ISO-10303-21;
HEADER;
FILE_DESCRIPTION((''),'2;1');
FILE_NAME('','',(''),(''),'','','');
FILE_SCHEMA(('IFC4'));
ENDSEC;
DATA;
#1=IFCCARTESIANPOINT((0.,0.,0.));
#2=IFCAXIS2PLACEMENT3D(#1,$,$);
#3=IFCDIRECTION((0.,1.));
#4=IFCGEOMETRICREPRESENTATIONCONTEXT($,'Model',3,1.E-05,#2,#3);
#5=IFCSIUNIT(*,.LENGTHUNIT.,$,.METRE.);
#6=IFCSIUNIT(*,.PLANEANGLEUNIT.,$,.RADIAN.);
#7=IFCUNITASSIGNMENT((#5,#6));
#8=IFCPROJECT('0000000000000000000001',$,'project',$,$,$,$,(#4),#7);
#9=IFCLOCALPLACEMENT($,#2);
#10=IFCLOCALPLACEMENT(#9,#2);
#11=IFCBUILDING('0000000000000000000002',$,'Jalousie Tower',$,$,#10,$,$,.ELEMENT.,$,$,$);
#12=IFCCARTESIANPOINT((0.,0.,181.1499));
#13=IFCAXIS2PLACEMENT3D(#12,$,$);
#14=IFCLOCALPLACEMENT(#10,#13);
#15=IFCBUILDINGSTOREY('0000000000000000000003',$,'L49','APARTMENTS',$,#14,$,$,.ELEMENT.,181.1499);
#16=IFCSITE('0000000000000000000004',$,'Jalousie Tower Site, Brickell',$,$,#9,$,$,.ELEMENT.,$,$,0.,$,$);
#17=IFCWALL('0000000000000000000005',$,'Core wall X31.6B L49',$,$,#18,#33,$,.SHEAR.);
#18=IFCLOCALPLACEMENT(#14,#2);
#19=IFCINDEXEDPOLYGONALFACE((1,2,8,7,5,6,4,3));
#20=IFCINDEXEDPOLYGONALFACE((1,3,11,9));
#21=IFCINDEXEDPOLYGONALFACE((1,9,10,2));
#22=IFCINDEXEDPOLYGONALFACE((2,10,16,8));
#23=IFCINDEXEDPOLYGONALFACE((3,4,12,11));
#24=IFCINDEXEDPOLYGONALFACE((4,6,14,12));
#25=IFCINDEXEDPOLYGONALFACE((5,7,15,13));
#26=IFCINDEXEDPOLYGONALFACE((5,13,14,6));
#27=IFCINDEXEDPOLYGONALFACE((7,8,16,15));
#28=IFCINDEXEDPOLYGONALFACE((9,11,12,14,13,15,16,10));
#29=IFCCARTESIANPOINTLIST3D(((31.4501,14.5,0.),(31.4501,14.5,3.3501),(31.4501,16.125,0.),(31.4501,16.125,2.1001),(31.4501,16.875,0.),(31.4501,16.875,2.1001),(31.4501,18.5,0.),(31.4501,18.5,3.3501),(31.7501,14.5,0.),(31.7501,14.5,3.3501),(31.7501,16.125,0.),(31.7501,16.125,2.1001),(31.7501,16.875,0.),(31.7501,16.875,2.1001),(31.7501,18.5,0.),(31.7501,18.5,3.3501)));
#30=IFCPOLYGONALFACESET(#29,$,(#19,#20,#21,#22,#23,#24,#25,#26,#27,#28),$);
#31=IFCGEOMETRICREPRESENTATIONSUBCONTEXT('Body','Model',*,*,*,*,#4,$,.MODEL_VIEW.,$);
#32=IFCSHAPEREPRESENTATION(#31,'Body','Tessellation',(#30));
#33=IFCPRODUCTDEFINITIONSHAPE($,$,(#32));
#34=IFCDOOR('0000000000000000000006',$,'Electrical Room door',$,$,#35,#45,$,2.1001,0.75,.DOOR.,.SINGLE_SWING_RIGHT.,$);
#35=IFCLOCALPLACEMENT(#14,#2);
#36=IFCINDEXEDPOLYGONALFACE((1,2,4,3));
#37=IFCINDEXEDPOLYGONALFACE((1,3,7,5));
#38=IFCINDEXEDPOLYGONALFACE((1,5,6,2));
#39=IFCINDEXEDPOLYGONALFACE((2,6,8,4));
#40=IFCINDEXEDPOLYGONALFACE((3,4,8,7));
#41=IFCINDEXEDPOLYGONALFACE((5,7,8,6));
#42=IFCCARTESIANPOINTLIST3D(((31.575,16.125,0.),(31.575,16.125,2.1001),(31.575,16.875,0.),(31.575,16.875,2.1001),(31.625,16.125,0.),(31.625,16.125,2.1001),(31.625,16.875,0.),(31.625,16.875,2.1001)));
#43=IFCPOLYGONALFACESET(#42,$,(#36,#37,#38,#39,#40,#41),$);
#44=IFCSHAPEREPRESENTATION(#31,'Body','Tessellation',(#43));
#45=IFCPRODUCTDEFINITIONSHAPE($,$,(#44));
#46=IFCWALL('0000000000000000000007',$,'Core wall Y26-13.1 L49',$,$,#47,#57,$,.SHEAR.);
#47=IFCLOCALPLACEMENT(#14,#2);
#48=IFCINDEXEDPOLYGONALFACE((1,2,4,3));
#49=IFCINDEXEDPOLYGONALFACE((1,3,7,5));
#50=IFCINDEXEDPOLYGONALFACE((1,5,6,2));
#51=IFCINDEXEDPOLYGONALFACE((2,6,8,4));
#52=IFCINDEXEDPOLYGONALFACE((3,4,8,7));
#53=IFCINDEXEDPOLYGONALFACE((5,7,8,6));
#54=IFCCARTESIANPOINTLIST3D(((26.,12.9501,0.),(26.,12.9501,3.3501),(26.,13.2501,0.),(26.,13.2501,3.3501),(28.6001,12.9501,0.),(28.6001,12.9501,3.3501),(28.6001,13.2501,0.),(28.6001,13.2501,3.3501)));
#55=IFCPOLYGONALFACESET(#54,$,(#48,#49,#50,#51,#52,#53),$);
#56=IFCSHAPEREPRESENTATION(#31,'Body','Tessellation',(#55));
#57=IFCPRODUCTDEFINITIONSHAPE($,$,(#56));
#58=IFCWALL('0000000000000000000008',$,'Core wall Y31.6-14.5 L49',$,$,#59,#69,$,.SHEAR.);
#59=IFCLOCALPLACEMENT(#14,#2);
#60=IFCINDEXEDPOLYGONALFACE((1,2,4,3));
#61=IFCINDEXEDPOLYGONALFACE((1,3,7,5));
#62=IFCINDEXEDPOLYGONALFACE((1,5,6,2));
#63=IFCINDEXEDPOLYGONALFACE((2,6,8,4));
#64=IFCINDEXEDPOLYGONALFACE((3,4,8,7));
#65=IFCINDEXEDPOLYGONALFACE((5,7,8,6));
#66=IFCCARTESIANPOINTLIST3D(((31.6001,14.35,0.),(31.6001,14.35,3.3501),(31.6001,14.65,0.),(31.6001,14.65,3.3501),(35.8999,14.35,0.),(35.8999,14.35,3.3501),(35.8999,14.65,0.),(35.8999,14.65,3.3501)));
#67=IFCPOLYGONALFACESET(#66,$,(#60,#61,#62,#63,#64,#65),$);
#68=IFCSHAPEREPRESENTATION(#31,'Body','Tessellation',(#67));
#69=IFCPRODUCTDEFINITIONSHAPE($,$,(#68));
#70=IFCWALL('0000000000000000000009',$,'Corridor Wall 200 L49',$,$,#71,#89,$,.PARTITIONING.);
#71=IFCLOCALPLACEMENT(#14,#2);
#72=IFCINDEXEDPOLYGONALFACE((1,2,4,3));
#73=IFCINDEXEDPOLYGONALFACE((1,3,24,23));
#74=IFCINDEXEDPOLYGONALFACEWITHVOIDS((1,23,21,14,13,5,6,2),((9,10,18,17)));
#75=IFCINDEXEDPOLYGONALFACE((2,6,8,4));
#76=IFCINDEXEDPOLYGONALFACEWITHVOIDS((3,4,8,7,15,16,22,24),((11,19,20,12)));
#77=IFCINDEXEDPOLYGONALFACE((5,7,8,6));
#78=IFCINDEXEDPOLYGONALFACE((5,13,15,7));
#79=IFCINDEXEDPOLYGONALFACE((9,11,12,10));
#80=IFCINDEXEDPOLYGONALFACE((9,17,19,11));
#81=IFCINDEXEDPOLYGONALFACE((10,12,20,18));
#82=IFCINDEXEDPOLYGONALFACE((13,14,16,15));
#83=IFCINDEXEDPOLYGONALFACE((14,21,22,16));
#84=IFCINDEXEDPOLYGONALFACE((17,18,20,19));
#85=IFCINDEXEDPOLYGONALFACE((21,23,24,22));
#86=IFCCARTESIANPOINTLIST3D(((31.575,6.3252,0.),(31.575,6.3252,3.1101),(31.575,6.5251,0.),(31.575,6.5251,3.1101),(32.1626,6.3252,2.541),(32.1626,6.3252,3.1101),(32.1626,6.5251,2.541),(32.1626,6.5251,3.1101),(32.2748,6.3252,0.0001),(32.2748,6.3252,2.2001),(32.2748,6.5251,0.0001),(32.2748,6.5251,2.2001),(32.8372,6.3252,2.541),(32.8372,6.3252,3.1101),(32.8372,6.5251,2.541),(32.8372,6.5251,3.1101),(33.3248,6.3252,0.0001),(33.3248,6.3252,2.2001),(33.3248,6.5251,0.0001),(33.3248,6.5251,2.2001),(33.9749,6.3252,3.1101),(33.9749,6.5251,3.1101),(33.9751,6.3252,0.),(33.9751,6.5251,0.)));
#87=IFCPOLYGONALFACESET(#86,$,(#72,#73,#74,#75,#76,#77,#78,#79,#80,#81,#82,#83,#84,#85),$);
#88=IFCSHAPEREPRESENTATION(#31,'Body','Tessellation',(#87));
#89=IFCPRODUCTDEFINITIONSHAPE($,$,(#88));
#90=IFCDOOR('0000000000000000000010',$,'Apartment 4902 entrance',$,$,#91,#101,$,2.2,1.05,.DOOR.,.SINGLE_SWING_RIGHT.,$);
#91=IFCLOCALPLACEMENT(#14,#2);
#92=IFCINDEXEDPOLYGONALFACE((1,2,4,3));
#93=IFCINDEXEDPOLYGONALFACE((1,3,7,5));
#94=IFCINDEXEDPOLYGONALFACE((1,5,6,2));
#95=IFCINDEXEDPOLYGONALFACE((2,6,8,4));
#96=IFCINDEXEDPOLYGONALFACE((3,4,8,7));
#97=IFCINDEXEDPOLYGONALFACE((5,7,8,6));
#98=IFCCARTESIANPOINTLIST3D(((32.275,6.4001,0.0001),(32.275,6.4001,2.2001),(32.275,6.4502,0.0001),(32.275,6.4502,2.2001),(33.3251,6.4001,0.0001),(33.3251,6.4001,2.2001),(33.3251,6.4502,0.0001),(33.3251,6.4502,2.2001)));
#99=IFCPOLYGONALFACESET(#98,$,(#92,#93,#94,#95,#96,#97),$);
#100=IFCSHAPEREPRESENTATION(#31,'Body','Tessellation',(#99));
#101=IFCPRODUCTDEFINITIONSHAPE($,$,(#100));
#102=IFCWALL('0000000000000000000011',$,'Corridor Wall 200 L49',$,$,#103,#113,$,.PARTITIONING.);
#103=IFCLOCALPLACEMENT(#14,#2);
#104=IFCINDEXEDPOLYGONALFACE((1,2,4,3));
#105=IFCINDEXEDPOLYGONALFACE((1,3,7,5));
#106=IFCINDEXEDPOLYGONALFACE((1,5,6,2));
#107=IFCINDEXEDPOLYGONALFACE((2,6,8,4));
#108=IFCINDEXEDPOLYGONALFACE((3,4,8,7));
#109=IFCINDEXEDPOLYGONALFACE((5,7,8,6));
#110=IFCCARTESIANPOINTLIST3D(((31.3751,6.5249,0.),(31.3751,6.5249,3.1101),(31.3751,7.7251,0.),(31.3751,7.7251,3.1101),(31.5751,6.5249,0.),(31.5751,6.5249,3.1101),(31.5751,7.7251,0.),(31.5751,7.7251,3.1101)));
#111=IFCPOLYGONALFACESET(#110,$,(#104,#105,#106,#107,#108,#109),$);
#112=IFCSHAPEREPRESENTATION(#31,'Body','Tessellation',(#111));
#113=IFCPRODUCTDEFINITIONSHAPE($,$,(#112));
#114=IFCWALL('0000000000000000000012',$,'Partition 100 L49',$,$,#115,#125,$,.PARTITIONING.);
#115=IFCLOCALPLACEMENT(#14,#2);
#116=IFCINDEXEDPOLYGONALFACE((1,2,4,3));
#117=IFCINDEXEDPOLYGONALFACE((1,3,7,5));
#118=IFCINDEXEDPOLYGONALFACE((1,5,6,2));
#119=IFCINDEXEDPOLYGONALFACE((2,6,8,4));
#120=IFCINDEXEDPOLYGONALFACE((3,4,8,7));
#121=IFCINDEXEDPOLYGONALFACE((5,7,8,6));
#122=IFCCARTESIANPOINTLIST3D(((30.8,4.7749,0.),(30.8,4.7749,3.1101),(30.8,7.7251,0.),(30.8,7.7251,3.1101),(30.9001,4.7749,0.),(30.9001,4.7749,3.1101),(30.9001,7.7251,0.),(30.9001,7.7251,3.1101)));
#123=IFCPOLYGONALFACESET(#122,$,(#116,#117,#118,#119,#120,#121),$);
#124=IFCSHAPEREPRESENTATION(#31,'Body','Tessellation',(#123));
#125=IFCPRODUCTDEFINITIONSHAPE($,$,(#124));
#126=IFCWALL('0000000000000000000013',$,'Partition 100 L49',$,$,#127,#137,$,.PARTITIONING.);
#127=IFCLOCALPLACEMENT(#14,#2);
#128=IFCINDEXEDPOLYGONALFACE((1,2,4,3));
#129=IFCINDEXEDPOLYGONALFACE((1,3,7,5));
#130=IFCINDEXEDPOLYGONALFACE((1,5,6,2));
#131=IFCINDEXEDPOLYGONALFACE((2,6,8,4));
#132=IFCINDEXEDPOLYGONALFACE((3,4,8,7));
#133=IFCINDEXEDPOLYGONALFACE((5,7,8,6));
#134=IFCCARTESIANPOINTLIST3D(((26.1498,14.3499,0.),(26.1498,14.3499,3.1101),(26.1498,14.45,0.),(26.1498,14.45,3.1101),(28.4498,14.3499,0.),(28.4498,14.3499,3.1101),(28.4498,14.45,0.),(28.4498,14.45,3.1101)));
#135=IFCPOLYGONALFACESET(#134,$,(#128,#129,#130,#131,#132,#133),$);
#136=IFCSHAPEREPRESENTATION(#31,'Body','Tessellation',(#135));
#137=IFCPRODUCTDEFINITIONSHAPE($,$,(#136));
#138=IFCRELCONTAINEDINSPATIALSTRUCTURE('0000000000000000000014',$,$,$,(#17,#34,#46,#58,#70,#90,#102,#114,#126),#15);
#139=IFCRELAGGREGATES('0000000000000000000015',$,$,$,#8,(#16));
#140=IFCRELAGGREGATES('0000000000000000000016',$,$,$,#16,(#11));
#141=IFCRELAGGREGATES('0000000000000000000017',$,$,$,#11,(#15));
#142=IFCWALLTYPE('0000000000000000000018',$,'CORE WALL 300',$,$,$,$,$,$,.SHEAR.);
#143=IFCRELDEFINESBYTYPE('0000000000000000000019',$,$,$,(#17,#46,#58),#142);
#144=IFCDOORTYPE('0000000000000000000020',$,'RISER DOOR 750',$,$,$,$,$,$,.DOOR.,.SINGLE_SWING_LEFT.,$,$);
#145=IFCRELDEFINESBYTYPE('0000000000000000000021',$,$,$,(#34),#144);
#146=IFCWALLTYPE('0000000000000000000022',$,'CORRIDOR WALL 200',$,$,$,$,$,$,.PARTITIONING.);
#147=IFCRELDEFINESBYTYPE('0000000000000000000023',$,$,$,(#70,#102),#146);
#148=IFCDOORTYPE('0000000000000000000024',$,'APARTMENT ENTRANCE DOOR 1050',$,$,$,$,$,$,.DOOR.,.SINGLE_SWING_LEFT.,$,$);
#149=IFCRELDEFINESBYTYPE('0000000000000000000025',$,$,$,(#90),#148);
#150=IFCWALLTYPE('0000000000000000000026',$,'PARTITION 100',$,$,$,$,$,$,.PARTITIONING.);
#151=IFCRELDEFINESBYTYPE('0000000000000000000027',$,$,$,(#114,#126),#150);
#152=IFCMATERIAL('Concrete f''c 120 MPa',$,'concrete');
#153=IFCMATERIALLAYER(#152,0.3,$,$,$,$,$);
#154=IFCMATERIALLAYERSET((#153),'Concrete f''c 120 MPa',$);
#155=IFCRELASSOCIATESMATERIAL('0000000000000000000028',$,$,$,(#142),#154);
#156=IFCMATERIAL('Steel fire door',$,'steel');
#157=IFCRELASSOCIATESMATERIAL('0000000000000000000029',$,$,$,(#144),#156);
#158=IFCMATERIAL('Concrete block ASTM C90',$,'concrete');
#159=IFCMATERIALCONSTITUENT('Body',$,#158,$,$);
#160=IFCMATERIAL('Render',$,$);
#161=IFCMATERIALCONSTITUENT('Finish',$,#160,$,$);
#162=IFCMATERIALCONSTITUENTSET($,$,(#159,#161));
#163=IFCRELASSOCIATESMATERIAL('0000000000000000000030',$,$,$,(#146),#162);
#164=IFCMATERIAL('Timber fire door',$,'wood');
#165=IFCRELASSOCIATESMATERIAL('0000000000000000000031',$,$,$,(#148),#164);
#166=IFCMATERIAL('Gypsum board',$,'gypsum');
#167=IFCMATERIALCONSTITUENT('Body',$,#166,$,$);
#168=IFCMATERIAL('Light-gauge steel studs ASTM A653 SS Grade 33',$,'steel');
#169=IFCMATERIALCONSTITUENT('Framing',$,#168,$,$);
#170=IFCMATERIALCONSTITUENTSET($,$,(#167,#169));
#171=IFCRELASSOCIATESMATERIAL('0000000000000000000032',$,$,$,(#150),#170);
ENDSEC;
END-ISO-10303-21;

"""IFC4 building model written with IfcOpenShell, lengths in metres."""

from ifc_helpers import new_model, si_unit, direction, frame, frame_2d, origin, place, context, subcontext, project, spatial, polyline, rectangle, outline, extrude, material, layer, layer_set, constituent, constituent_set, type_object, element, fill, save


model = new_model("IFC4")

# Units and contexts
model_context = context("Model", 3, precision=1e-05, world=origin(), true_north=direction((0.0, 1.0)))
body_context = subcontext(model_context, "Body", "Model", "MODEL_VIEW")
ifc_project = project(units=[si_unit("LENGTHUNIT", "METRE"), si_unit("PLANEANGLEUNIT", "RADIAN")], contexts=[model_context])

# Site, building, storey
site_placement = place(None, origin())
site = spatial("IfcSite", under=ifc_project, at=site_placement, Name="Jalousie Tower Site, Brickell", CompositionType="ELEMENT", RefElevation=0.0)
building_placement = place(site_placement, origin())
building = spatial("IfcBuilding", under=site, at=building_placement, Name="Jalousie Tower", CompositionType="ELEMENT")
storey_placement = place(building_placement, frame((0.0, 0.0, 181.1499)))
storey = spatial("IfcBuildingStorey", under=building, at=storey_placement, Name="L49", Description="APARTMENTS", CompositionType="ELEMENT", Elevation=181.1499)

# Shared definitions
ifc_material_1 = material(Name="Concrete f'c 120 MPa", Category="concrete")
ifc_layer_1 = layer(ifc_material_1, 0.3)
ifc_layer_set_1 = layer_set([ifc_layer_1], Name="Concrete f'c 120 MPa")
wall_type_1 = type_object("IfcWallType", Name="CORE WALL 300", PredefinedType="SHEAR", material=ifc_layer_set_1)

# Wall, opening, door
ifc_material_2 = material(Name="Steel fire door", Category="steel")
door_type_1 = type_object("IfcDoorType", Name="RISER DOOR 750", OperationType="SINGLE_SWING_LEFT", PredefinedType="DOOR", material=ifc_material_2)
wall_1_placement = place(storey_placement, frame((31.6001, 14.5, 0.0), z_axis=(0.0, 0.0, 1.0), x_axis=(0.0, 1.0, 0.0)))
wall_1 = element("IfcWall", 1, at=wall_1_placement, inside=storey, type_object=wall_type_1, Name="Core wall X31.6B L49", PredefinedType="SHEAR", context=body_context, shape_type="SweptSolid", body=[
    extrude(rectangle(XDim=4.0, YDim=0.3, at=frame_2d((2.0, 0.0))), origin(), (0.0, 0.0, 1.0), 3.3501),
])
opening_1_placement = place(wall_1_placement, frame((1.625, 0.0, 0.0)))
opening_1 = element("IfcOpeningElement", 2, at=opening_1_placement, cuts=wall_1, PredefinedType="OPENING", context=body_context, shape_type="SweptSolid", body=[
    extrude(rectangle(XDim=0.75, YDim=2.1001, at=frame_2d((0.375, 1.05))), frame((0.0, 0.1599, 0.0), z_axis=(0.0, -1.0, 0.0), x_axis=(1.0, 0.0, 0.0)), (0.0, 0.0, 1.0), 0.3201),
])
door_1_placement = place(opening_1_placement, frame((0.75, 0.0, 0.0), z_axis=(0.0, 0.0, 1.0), x_axis=(-1.0, 0.0, 0.0)))
door_1 = element("IfcDoor", 3, at=door_1_placement, inside=storey, type_object=door_type_1, Name="Electrical Room door", OperationType="SINGLE_SWING_RIGHT", OverallHeight=2.1001, OverallWidth=0.75, PredefinedType="DOOR", context=body_context, shape_type="SweptSolid", body=[
    extrude(rectangle(XDim=0.75, YDim=2.1001, at=frame_2d((0.375, 1.05))), frame((0.0, 0.0249, 0.0), z_axis=(0.0, -1.0, 0.0), x_axis=(1.0, 0.0, 0.0)), (0.0, 0.0, 1.0), 0.05),
])
fill(opening_1, door_1)

# Walls
wall_2_placement = place(storey_placement, frame((26.0, 13.1001, 0.0), z_axis=(0.0, 0.0, 1.0), x_axis=(1.0, 0.0, 0.0)))
element("IfcWall", 4, at=wall_2_placement, inside=storey, type_object=wall_type_1, Name="Core wall Y26-13.1 L49", PredefinedType="SHEAR", context=body_context, shape_type="SweptSolid", body=[
    extrude(rectangle(XDim=2.6001, YDim=0.3, at=frame_2d((1.3, 0.0))), origin(), (0.0, 0.0, 1.0), 3.3501),
])
wall_3_placement = place(storey_placement, frame((31.6001, 14.5, 0.0), z_axis=(0.0, 0.0, 1.0), x_axis=(1.0, 0.0, 0.0)))
element("IfcWall", 5, at=wall_3_placement, inside=storey, type_object=wall_type_1, Name="Core wall Y31.6-14.5 L49", PredefinedType="SHEAR", context=body_context, shape_type="SweptSolid", body=[
    extrude(rectangle(XDim=4.2998, YDim=0.3, at=frame_2d((2.1499, 0.0))), origin(), (0.0, 0.0, 1.0), 3.3501),
])

# Wall, opening, door
ifc_material_3 = material(Name="Concrete block ASTM C90", Category="concrete")
ifc_constituent_1 = constituent(ifc_material_3, Name="Body")
ifc_material_4 = material(Name="Render")
ifc_constituent_2 = constituent(ifc_material_4, Name="Finish")
ifc_constituent_set_1 = constituent_set(constituents=[ifc_constituent_1, ifc_constituent_2])
wall_type_2 = type_object("IfcWallType", Name="CORRIDOR WALL 200", PredefinedType="PARTITIONING", material=ifc_constituent_set_1)
wall_4_placement = place(storey_placement, frame((31.575, 6.425, 0.0), z_axis=(0.0, 0.0, 1.0), x_axis=(1.0, 0.0, 0.0)))
wall_4 = element("IfcWall", 6, at=wall_4_placement, inside=storey, type_object=wall_type_2, Name="Corridor Wall 200 L49", PredefinedType="PARTITIONING", context=body_context, shape_type="SweptSolid", body=[
    extrude(outline(polyline([(0.0, 0.0), (2.4001, 0.0), (2.3999, 3.1101), (1.2622, 3.1101), (1.2622, 2.541), (0.5876, 2.541), (0.5876, 3.1101), (0.0, 3.1101), (0.0, 0.0)])), frame((0.0, 0.1001, 0.0), z_axis=(0.0, -1.0, 0.0), x_axis=(1.0, 0.0, 0.0)), (0.0, 0.0, 1.0), 0.2),
])
opening_2_placement = place(wall_4_placement, frame((0.7, 0.0, 0.0)))
opening_2 = element("IfcOpeningElement", 7, at=opening_2_placement, cuts=wall_4, PredefinedType="OPENING", context=body_context, shape_type="SweptSolid", body=[
    extrude(rectangle(XDim=1.05, YDim=2.2, at=frame_2d((0.5249, 1.1001))), frame((0.0, 0.1099, 0.0), z_axis=(0.0, -1.0, 0.0), x_axis=(1.0, 0.0, 0.0)), (0.0, 0.0, 1.0), 0.22),
])
ifc_material_5 = material(Name="Timber fire door", Category="wood")
door_type_2 = type_object("IfcDoorType", Name="APARTMENT ENTRANCE DOOR 1050", OperationType="SINGLE_SWING_LEFT", PredefinedType="DOOR", material=ifc_material_5)
door_2_placement = place(opening_2_placement, frame((1.05, 0.0, 0.0), z_axis=(0.0, 0.0, 1.0), x_axis=(-1.0, 0.0, 0.0)))
door_2 = element("IfcDoor", 8, at=door_2_placement, inside=storey, type_object=door_type_2, Name="Apartment 4902 entrance", OperationType="SINGLE_SWING_RIGHT", OverallHeight=2.2, OverallWidth=1.05, PredefinedType="DOOR", context=body_context, shape_type="SweptSolid", body=[
    extrude(rectangle(XDim=1.05, YDim=2.2, at=frame_2d((0.5249, 1.1001))), frame((0.0, 0.0249, 0.0), z_axis=(0.0, -1.0, 0.0), x_axis=(1.0, 0.0, 0.0)), (0.0, 0.0, 1.0), 0.05),
])
fill(opening_2, door_2)

# Walls
wall_5_placement = place(storey_placement, frame((31.4751, 7.7251, 0.0), z_axis=(0.0, 0.0, 1.0), x_axis=(0.0, -1.0, 0.0)))
element("IfcWall", 9, at=wall_5_placement, inside=storey, type_object=wall_type_2, Name="Corridor Wall 200 L49", PredefinedType="PARTITIONING", context=body_context, shape_type="SweptSolid", body=[
    extrude(rectangle(XDim=1.2002, YDim=0.2, at=frame_2d((0.6001, 0.0))), origin(), (0.0, 0.0, 1.0), 3.1101),
])
ifc_material_6 = material(Name="Gypsum board", Category="gypsum")
ifc_constituent_3 = constituent(ifc_material_6, Name="Body")
ifc_material_7 = material(Name="Light-gauge steel studs ASTM A653 SS Grade 33", Category="steel")
ifc_constituent_4 = constituent(ifc_material_7, Name="Framing")
ifc_constituent_set_2 = constituent_set(constituents=[ifc_constituent_3, ifc_constituent_4])
wall_type_3 = type_object("IfcWallType", Name="PARTITION 100", PredefinedType="PARTITIONING", material=ifc_constituent_set_2)
wall_6_placement = place(storey_placement, frame((30.8501, 4.7749, 0.0), z_axis=(0.0, 0.0, 1.0), x_axis=(0.0, 1.0, 0.0)))
element("IfcWall", 10, at=wall_6_placement, inside=storey, type_object=wall_type_3, Name="Partition 100 L49", PredefinedType="PARTITIONING", context=body_context, shape_type="SweptSolid", body=[
    extrude(rectangle(XDim=2.9502, YDim=0.1001, at=frame_2d((1.4751, 0.0))), origin(), (0.0, 0.0, 1.0), 3.1101),
])
wall_7_placement = place(storey_placement, frame((26.1499, 14.3999, 0.0), z_axis=(0.0, 0.0, 1.0), x_axis=(1.0, 0.0, 0.0)))
element("IfcWall", 11, at=wall_7_placement, inside=storey, type_object=wall_type_3, Name="Partition 100 L49", PredefinedType="PARTITIONING", context=body_context, shape_type="SweptSolid", body=[
    extrude(rectangle(XDim=2.3, YDim=0.1001, at=frame_2d((1.1499, 0.0))), origin(), (0.0, 0.0, 1.0), 3.1101),
])

save(model, "model.ifc")
